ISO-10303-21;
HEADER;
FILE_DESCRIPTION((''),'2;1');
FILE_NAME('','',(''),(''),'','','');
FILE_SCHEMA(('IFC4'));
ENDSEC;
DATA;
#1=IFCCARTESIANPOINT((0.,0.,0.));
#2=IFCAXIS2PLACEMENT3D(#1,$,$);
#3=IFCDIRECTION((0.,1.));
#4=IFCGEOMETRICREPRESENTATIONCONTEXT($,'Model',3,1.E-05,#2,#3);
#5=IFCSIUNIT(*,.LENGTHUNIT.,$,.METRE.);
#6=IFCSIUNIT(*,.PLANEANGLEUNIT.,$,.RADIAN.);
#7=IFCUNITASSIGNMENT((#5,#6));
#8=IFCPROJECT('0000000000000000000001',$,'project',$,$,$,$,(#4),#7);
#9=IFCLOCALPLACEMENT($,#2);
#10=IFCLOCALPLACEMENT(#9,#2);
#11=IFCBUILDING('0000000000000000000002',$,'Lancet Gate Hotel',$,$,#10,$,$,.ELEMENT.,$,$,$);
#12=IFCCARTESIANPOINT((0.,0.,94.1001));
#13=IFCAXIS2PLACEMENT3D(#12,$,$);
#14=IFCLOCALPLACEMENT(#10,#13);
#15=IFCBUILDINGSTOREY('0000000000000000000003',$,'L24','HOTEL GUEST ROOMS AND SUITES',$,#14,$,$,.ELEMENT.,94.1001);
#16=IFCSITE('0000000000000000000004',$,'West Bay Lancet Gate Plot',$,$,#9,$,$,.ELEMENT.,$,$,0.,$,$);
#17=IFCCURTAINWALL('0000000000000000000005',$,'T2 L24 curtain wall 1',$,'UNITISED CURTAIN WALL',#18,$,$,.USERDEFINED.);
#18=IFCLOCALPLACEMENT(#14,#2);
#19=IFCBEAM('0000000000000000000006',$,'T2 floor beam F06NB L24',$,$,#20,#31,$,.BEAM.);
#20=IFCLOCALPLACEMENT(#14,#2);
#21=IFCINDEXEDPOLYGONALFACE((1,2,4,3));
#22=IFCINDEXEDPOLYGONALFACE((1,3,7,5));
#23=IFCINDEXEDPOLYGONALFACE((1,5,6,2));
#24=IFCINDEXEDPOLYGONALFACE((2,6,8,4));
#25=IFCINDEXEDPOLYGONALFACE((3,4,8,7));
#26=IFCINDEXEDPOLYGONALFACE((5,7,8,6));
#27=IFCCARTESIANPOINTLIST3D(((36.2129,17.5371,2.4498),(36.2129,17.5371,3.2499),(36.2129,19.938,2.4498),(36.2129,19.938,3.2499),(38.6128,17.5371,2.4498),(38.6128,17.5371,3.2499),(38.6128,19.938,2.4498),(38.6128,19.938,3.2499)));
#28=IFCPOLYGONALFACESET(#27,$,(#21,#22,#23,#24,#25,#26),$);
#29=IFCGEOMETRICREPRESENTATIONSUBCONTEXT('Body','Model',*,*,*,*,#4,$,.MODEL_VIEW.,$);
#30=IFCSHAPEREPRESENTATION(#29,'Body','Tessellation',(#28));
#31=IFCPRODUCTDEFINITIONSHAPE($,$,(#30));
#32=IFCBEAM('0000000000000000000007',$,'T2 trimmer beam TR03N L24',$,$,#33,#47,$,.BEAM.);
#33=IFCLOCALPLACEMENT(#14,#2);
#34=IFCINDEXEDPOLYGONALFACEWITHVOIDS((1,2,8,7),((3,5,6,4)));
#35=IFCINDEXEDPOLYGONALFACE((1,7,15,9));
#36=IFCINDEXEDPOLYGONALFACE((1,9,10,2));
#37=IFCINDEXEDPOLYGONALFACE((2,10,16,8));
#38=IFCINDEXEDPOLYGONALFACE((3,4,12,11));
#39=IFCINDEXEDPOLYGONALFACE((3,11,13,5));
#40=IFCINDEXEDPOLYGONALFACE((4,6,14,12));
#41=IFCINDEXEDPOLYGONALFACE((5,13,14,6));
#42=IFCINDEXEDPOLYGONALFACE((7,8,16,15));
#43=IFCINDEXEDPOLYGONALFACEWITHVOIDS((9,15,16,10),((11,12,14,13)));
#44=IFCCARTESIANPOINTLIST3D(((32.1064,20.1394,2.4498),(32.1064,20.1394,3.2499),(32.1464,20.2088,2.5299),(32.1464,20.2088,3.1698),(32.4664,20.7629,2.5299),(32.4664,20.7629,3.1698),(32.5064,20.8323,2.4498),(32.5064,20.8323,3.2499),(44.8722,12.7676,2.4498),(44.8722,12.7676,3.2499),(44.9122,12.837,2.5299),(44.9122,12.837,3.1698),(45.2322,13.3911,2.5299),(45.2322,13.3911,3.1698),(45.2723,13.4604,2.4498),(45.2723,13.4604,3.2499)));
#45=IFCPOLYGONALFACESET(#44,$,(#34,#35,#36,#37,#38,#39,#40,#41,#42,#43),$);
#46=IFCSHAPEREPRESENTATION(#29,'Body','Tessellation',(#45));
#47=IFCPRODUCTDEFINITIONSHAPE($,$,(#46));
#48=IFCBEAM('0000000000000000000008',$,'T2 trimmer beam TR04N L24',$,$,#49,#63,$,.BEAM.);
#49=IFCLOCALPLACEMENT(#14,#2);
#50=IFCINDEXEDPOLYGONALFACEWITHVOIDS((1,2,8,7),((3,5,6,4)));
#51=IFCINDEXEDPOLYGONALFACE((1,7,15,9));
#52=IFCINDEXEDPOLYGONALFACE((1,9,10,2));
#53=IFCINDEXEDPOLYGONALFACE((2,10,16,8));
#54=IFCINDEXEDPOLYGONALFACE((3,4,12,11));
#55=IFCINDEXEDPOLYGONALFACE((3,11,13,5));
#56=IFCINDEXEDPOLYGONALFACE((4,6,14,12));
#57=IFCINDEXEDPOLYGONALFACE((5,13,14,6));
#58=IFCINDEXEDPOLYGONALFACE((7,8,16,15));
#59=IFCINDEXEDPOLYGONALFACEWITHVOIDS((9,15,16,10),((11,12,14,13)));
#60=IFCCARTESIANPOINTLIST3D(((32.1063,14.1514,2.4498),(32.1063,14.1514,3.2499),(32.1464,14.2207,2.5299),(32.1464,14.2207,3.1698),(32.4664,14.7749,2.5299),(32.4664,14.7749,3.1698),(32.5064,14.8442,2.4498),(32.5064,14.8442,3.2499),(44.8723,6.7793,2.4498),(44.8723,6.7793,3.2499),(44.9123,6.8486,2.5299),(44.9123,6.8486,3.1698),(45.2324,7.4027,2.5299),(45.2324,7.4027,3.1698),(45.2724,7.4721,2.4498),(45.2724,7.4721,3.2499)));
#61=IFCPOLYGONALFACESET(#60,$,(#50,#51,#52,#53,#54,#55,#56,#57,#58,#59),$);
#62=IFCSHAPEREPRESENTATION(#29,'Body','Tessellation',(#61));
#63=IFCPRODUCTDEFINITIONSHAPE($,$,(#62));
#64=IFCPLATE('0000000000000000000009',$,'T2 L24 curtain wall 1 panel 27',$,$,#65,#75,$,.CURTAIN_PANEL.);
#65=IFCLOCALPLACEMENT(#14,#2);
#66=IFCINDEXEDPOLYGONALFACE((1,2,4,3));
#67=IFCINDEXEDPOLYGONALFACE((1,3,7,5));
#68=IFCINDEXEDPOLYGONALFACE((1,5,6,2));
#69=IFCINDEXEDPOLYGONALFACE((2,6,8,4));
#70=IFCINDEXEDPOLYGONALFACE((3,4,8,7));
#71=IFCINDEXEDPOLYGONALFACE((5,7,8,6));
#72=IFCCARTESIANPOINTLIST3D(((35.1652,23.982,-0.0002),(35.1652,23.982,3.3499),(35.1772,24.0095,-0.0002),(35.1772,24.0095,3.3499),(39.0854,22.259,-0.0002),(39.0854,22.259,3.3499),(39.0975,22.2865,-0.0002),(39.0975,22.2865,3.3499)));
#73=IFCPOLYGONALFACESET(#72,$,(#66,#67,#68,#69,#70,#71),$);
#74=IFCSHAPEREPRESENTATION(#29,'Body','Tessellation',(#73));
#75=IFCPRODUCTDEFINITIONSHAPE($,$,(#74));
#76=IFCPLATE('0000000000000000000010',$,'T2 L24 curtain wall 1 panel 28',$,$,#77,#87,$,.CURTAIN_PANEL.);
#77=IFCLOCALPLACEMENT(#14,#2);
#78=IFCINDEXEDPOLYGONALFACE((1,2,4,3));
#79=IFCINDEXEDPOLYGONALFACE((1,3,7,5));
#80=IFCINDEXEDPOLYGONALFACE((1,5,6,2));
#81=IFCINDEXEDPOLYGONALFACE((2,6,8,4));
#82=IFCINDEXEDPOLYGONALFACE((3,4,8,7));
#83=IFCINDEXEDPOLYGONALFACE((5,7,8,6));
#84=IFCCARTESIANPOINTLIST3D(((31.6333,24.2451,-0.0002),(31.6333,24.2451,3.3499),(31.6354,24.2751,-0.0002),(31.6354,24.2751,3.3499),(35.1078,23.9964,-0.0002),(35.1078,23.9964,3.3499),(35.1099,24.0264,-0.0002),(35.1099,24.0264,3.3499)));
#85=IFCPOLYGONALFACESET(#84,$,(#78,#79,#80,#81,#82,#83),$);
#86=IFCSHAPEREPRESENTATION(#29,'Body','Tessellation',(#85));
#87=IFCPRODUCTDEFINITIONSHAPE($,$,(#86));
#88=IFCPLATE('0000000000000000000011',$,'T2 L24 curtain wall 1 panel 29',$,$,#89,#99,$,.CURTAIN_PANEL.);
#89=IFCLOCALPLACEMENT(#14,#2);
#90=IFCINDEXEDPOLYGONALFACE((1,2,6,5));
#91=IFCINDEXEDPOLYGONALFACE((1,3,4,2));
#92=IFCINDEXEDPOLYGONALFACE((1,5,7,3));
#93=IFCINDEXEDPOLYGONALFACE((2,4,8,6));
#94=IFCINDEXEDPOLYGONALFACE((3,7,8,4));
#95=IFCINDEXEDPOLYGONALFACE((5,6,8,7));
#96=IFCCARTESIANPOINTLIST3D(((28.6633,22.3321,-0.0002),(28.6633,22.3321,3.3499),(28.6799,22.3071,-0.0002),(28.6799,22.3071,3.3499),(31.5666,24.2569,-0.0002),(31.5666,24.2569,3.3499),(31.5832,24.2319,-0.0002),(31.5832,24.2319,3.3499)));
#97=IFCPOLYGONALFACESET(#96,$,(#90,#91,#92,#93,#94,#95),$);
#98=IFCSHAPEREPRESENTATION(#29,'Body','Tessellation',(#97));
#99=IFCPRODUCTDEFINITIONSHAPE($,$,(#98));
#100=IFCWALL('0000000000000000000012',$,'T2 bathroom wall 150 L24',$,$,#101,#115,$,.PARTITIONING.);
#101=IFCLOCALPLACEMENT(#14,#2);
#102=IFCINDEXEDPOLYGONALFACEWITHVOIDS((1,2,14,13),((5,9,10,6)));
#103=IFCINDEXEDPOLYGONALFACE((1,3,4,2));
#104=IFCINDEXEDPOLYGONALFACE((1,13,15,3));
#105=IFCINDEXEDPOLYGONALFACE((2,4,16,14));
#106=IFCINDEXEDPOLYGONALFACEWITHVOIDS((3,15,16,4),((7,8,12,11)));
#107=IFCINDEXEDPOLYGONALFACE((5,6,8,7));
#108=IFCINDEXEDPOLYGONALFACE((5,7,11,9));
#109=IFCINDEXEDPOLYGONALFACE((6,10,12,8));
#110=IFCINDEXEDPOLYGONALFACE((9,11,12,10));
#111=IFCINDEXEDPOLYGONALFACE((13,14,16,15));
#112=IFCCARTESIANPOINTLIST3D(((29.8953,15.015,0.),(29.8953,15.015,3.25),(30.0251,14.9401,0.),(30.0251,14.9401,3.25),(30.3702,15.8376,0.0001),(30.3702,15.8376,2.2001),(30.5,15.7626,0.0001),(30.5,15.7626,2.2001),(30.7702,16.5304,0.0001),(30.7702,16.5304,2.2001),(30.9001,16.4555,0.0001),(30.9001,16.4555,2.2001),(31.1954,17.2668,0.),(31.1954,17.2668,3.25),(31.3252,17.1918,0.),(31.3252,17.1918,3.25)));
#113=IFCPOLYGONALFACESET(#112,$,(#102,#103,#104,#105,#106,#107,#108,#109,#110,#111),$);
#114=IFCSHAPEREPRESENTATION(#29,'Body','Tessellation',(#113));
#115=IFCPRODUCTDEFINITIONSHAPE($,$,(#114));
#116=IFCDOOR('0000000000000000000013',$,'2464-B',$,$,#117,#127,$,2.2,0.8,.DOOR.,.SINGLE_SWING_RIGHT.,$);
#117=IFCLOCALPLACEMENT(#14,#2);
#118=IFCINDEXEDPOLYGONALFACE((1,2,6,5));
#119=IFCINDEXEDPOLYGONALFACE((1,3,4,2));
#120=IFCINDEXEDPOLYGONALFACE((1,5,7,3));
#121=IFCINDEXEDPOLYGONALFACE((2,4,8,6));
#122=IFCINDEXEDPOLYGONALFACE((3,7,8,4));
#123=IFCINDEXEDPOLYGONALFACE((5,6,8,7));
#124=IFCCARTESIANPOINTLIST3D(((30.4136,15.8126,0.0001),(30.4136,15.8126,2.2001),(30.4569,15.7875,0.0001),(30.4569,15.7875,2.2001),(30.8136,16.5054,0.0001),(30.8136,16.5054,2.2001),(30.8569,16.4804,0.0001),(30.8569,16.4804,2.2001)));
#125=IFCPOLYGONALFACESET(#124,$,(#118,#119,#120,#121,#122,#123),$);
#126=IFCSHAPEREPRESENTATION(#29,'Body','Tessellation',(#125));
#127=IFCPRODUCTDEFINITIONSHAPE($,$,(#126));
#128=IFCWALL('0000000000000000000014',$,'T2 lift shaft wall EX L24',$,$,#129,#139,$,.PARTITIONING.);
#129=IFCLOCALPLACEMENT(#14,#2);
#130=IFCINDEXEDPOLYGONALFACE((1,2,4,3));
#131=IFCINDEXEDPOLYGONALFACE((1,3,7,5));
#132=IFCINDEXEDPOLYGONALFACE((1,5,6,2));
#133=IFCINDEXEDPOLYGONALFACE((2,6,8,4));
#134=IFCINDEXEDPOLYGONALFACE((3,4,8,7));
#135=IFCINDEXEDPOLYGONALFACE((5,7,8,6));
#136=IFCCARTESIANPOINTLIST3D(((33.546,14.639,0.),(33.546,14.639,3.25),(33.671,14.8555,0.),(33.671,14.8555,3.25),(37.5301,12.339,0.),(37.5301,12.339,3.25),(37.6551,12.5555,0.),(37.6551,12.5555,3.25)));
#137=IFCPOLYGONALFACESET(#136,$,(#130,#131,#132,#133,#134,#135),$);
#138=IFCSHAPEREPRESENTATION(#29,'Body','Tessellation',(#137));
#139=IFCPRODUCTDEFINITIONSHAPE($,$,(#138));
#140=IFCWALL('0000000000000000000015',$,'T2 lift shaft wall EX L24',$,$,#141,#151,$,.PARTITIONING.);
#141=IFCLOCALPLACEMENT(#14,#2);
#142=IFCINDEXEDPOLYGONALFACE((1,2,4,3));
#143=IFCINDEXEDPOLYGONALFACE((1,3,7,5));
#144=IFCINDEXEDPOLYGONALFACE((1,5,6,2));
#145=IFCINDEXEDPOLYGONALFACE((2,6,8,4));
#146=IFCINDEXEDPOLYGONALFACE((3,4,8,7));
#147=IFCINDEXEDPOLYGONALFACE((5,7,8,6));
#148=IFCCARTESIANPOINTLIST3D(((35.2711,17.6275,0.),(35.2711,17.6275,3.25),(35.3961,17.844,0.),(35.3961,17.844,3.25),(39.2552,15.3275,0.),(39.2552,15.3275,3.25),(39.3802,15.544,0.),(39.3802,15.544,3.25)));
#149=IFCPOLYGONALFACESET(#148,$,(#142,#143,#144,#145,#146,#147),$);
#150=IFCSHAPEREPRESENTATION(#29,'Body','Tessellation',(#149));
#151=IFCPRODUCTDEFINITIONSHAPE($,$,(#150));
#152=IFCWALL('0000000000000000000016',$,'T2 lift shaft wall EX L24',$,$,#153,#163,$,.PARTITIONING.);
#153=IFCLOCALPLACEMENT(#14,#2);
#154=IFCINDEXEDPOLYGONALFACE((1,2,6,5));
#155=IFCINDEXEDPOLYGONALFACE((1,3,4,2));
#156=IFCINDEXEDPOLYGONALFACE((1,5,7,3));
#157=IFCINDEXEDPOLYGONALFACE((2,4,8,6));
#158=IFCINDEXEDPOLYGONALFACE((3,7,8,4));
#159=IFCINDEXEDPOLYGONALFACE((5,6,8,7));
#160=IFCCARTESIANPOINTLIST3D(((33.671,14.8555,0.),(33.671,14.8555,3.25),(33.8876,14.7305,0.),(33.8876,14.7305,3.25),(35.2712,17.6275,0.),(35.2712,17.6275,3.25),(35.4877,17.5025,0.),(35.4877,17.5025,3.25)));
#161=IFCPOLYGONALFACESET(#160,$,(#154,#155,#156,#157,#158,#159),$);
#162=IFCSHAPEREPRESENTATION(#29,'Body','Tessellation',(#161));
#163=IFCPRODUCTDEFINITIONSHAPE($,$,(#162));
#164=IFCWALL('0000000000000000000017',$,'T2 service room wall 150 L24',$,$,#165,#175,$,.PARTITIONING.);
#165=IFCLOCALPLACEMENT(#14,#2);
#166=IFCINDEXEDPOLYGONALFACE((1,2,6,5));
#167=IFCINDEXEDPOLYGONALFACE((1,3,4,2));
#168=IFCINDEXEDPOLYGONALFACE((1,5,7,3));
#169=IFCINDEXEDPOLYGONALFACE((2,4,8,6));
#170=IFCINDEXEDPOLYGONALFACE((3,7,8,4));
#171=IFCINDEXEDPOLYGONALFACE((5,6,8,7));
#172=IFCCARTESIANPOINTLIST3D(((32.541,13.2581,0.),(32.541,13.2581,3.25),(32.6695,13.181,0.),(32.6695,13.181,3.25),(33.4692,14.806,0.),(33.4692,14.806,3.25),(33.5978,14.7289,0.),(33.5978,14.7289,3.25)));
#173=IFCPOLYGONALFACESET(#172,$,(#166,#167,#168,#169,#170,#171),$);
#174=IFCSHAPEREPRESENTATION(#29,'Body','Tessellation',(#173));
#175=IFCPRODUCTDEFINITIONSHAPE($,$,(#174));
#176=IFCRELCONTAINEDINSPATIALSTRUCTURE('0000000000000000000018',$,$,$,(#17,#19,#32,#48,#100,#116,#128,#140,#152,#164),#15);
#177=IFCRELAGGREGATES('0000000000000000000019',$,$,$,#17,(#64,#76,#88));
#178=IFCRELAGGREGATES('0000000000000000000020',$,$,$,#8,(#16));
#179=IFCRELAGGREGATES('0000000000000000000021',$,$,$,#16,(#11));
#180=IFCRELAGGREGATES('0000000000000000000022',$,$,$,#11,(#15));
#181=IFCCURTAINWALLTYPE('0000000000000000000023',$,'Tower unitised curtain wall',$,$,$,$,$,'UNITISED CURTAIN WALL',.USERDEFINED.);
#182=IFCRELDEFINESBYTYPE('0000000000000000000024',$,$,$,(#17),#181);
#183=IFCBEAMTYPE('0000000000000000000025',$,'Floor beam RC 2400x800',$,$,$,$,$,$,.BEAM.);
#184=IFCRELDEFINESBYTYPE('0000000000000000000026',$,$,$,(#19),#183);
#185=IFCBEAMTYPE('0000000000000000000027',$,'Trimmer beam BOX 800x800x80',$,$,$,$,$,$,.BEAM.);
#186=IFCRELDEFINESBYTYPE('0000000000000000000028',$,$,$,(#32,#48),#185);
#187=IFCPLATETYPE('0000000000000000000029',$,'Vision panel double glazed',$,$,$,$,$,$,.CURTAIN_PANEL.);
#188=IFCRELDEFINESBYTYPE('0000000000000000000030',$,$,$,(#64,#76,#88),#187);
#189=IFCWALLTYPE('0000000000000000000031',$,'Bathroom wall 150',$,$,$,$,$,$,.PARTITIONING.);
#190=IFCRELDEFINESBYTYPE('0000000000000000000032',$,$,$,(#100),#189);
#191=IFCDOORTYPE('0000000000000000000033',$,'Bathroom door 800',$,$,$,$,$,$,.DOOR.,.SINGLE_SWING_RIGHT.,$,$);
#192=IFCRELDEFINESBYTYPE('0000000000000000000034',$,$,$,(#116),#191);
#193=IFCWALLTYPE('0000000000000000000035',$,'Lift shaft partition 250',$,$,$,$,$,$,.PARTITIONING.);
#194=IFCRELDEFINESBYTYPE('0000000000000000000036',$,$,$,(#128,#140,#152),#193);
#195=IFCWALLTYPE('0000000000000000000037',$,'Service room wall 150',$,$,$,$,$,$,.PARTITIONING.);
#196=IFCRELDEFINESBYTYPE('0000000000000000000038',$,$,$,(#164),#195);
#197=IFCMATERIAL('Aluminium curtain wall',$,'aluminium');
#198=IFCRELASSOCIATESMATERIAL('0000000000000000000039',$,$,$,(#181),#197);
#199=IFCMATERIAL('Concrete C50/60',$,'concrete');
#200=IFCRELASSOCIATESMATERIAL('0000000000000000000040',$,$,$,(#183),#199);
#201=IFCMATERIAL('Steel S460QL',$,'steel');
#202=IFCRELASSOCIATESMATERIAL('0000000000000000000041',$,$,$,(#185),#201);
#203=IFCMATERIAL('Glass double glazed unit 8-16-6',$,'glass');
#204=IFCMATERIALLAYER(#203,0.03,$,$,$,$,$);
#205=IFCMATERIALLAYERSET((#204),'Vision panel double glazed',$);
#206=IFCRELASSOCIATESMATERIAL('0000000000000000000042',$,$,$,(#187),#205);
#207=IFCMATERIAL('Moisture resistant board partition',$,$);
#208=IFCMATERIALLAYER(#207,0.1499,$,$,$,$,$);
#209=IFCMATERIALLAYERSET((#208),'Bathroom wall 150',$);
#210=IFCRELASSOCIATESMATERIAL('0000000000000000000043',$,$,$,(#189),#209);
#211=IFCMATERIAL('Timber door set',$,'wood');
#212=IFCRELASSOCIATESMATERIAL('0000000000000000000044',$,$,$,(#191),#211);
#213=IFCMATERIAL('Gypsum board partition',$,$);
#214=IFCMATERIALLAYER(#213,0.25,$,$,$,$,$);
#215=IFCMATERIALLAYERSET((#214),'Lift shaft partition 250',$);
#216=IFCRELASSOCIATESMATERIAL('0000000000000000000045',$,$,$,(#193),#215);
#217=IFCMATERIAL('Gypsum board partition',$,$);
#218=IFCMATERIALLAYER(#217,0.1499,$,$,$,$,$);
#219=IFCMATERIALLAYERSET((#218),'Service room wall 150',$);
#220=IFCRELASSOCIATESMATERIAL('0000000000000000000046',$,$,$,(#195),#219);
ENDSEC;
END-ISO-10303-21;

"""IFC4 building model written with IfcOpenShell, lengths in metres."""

from ifc_helpers import new_model, si_unit, direction, frame, frame_2d, origin, origin_2d, place, context, subcontext, project, spatial, rectangle, hollow_rectangle, extrude, material, layer, layer_set, material_profile, profile_set, type_object, element, fill, aggregate, save


model = new_model("IFC4")

# Units and contexts
model_context = context("Model", 3, precision=1e-05, world=origin(), true_north=direction((0.0, 1.0)))
body_context = subcontext(model_context, "Body", "Model", "MODEL_VIEW")
ifc_project = project(units=[si_unit("LENGTHUNIT", "METRE"), si_unit("PLANEANGLEUNIT", "RADIAN")], contexts=[model_context])

# Site, building, storey
site_placement = place(None, origin())
site = spatial("IfcSite", under=ifc_project, at=site_placement, Name="West Bay Lancet Gate Plot", CompositionType="ELEMENT", RefElevation=0.0)
building_placement = place(site_placement, origin())
building = spatial("IfcBuilding", under=site, at=building_placement, Name="Lancet Gate Hotel", CompositionType="ELEMENT")
storey_placement = place(building_placement, frame((0.0, 0.0, 94.1001)))
storey = spatial("IfcBuildingStorey", under=building, at=storey_placement, Name="L24", Description="HOTEL GUEST ROOMS AND SUITES", CompositionType="ELEMENT", Elevation=94.1001)

# Curtain wall
ifc_material_1 = material(Name="Aluminium curtain wall", Category="aluminium")
curtain_wall_type = type_object("IfcCurtainWallType", Name="Tower unitised curtain wall", ElementType="UNITISED CURTAIN WALL", PredefinedType="USERDEFINED", material=ifc_material_1)
curtain_wall_placement = place(storey_placement, origin())
curtain_wall = element("IfcCurtainWall", 1, at=curtain_wall_placement, inside=storey, type_object=curtain_wall_type, Name="T2 L24 curtain wall 1", ObjectType="UNITISED CURTAIN WALL", PredefinedType="USERDEFINED")

# Beams
ifc_material_2 = material(Name="Concrete C50/60", Category="concrete")
ifc_material_profile_1 = material_profile(ifc_material_2, rectangle(XDim=2.3999, YDim=0.8, at=origin_2d()), Name="RC 2400x800")
ifc_profile_set_1 = profile_set([ifc_material_profile_1], Name="Concrete C50/60")
beam_type_1 = type_object("IfcBeamType", Name="Floor beam RC 2400x800", PredefinedType="BEAM", material=ifc_profile_set_1)
beam_1_placement = place(storey_placement, frame((37.4128, 17.5371, 2.8499), z_axis=(0.0, 1.0, 0.0), x_axis=(-1.0, 0.0, 0.0)))
element("IfcBeam", 2, at=beam_1_placement, inside=storey, type_object=beam_type_1, Name="T2 floor beam F06NB L24", PredefinedType="BEAM", context=body_context, shape_type="SweptSolid", body=[
    extrude(rectangle(XDim=2.3999, YDim=0.8, at=origin_2d()), origin(), (0.0, 0.0, 1.0), 2.4009),
])
ifc_material_3 = material(Name="Steel S460QL", Category="steel")
ifc_material_profile_2 = material_profile(ifc_material_3, hollow_rectangle(XDim=0.8, YDim=0.8, WallThickness=0.0801, at=origin_2d()), Name="BOX 800x800x80")
ifc_profile_set_2 = profile_set([ifc_material_profile_2], Name="Steel S460QL")
beam_type_2 = type_object("IfcBeamType", Name="Trimmer beam BOX 800x800x80", PredefinedType="BEAM", material=ifc_profile_set_2)
beam_2_placement = place(storey_placement, frame((32.3064, 20.4858, 2.8499), z_axis=(0.865983, -0.500074, 0.0), x_axis=(0.500074, 0.865983, 0.0)))
element("IfcBeam", 3, at=beam_2_placement, inside=storey, type_object=beam_type_2, Name="T2 trimmer beam TR03N L24", PredefinedType="BEAM", context=body_context, shape_type="SweptSolid", body=[
    extrude(hollow_rectangle(XDim=0.8, YDim=0.8, WallThickness=0.0801, at=origin_2d()), origin(), (0.0, 0.0, 1.0), 14.7415),
])
beam_3_placement = place(storey_placement, frame((32.3064, 14.4978, 2.8499), z_axis=(0.865976, -0.500086, 0.0), x_axis=(0.500086, 0.865976, 0.0)))
element("IfcBeam", 4, at=beam_3_placement, inside=storey, type_object=beam_type_2, Name="T2 trimmer beam TR04N L24", PredefinedType="BEAM", context=body_context, shape_type="SweptSolid", body=[
    extrude(hollow_rectangle(XDim=0.8, YDim=0.8, WallThickness=0.0801, at=origin_2d()), origin(), (0.0, 0.0, 1.0), 14.7417),
])

# Plates
ifc_material_4 = material(Name="Glass double glazed unit 8-16-6", Category="glass")
ifc_layer_1 = layer(ifc_material_4, 0.03)
ifc_layer_set_1 = layer_set([ifc_layer_1], Name="Vision panel double glazed")
plate_type = type_object("IfcPlateType", Name="Vision panel double glazed", PredefinedType="CURTAIN_PANEL", material=ifc_layer_set_1)
plate_1_placement = place(storey_placement, frame((37.1313, 23.1343, -0.0002), z_axis=(0.0, 0.0, 1.0), x_axis=(-0.915479, 0.402367, 0.0)))
plate_1 = element("IfcPlate", 5, at=plate_1_placement, type_object=plate_type, Name="T2 L24 curtain wall 1 panel 27", PredefinedType="CURTAIN_PANEL", context=body_context, shape_type="SweptSolid", body=[
    extrude(rectangle(XDim=4.2822, YDim=0.03, at=origin_2d()), origin(), (0.0, 0.0, 1.0), 3.3501),
])
plate_2_placement = place(storey_placement, frame((33.3716, 24.1357, -0.0002), z_axis=(0.0, 0.0, 1.0), x_axis=(-0.997448, 0.07139, 0.0)))
plate_2 = element("IfcPlate", 6, at=plate_2_placement, type_object=plate_type, Name="T2 L24 curtain wall 1 panel 28", PredefinedType="CURTAIN_PANEL", context=body_context, shape_type="SweptSolid", body=[
    extrude(rectangle(XDim=3.4834, YDim=0.03, at=origin_2d()), origin(), (0.0, 0.0, 1.0), 3.3501),
])
plate_3_placement = place(storey_placement, frame((30.1233, 23.282, -0.0002), z_axis=(0.0, 0.0, 1.0), x_axis=(-0.833465, -0.552573, 0.0)))
plate_3 = element("IfcPlate", 7, at=plate_3_placement, type_object=plate_type, Name="T2 L24 curtain wall 1 panel 29", PredefinedType="CURTAIN_PANEL", context=body_context, shape_type="SweptSolid", body=[
    extrude(rectangle(XDim=3.4834, YDim=0.03, at=origin_2d()), origin(), (0.0, 0.0, 1.0), 3.3501),
])
aggregate(curtain_wall, [plate_1, plate_2, plate_3])

# Wall, opening, door
ifc_material_5 = material(Name="Moisture resistant board partition")
ifc_layer_2 = layer(ifc_material_5, 0.1499)
ifc_layer_set_2 = layer_set([ifc_layer_2], Name="Bathroom wall 150")
wall_type_1 = type_object("IfcWallType", Name="Bathroom wall 150", PredefinedType="PARTITIONING", material=ifc_layer_set_2)
wall_1_placement = place(storey_placement, frame((29.9602, 14.9775, 0.0), z_axis=(0.0, 0.0, 1.0), x_axis=(0.500007, 0.866021, 0.0)))
wall_1 = element("IfcWall", 8, at=wall_1_placement, inside=storey, type_object=wall_type_1, Name="T2 bathroom wall 150 L24", PredefinedType="PARTITIONING", context=body_context, shape_type="SweptSolid", body=[
    extrude(rectangle(XDim=2.6001, YDim=0.1499, at=frame_2d((1.3, 0.0))), origin(), (0.0, 0.0, 1.0), 3.25),
])
opening_placement = place(wall_1_placement, frame((0.95, 0.0, 0.0)))
opening = element("IfcOpeningElement", 9, at=opening_placement, cuts=wall_1, PredefinedType="OPENING", context=body_context, shape_type="SweptSolid", body=[
    extrude(rectangle(XDim=0.8, YDim=2.2, at=frame_2d((0.3999, 1.1001))), frame((0.0, 0.085, 0.0), z_axis=(0.0, -1.0, 0.0), x_axis=(1.0, 0.0, 0.0)), (0.0, 0.0, 1.0), 0.1699),
])
ifc_material_6 = material(Name="Timber door set", Category="wood")
door_type = type_object("IfcDoorType", Name="Bathroom door 800", OperationType="SINGLE_SWING_RIGHT", PredefinedType="DOOR", material=ifc_material_6)
door_placement = place(opening_placement, origin())
door = element("IfcDoor", 10, at=door_placement, inside=storey, type_object=door_type, Name="2464-B", OperationType="SINGLE_SWING_RIGHT", OverallHeight=2.2, OverallWidth=0.8, PredefinedType="DOOR", context=body_context, shape_type="SweptSolid", body=[
    extrude(rectangle(XDim=0.8, YDim=2.2, at=frame_2d((0.3999, 1.1001))), frame((0.0, 0.0249, 0.0), z_axis=(0.0, -1.0, 0.0), x_axis=(1.0, 0.0, 0.0)), (0.0, 0.0, 1.0), 0.05),
])
fill(opening, door)

# Walls
ifc_material_7 = material(Name="Gypsum board partition")
ifc_layer_3 = layer(ifc_material_7, 0.25)
ifc_layer_set_3 = layer_set([ifc_layer_3], Name="Lift shaft partition 250")
wall_type_2 = type_object("IfcWallType", Name="Lift shaft partition 250", PredefinedType="PARTITIONING", material=ifc_layer_set_3)
for number, where, z_axis, x_axis, name in (
    (11, (33.6084, 14.7473, 0.0), (0.0, 0.0, 1.0), (0.866043, -0.499969, 0.0), "T2 lift shaft wall EX L24"),
    (12, (35.3335, 17.7358, 0.0), (0.0, 0.0, 1.0), (0.866043, -0.499969, 0.0), "T2 lift shaft wall EX L24"),
):
    element("IfcWall", number, at=place(storey_placement, frame(where, z_axis=z_axis, x_axis=x_axis)), inside=storey, type_object=wall_type_2, Name=name, PredefinedType="PARTITIONING", context=body_context, shape_type="SweptSolid", body=[
        extrude(rectangle(XDim=4.6003, YDim=0.25, at=frame_2d((2.3003, 0.0))), origin(), (0.0, 0.0, 1.0), 3.25),
    ])
wall_2_placement = place(storey_placement, frame((33.7793, 14.793, 0.0), z_axis=(0.0, 0.0, 1.0), x_axis=(0.499929, 0.866066, 0.0)))
element("IfcWall", 13, at=wall_2_placement, inside=storey, type_object=wall_type_2, Name="T2 lift shaft wall EX L24", PredefinedType="PARTITIONING", context=body_context, shape_type="SweptSolid", body=[
    extrude(rectangle(XDim=3.2007, YDim=0.25, at=frame_2d((1.6003, 0.0))), origin(), (0.0, 0.0, 1.0), 3.25),
])
ifc_material_8 = material(Name="Gypsum board partition")
ifc_layer_4 = layer(ifc_material_8, 0.1499)
ifc_layer_set_4 = layer_set([ifc_layer_4], Name="Service room wall 150")
wall_type_3 = type_object("IfcWallType", Name="Service room wall 150", PredefinedType="PARTITIONING", material=ifc_layer_set_4)
wall_3_placement = place(storey_placement, frame((33.5334, 14.7673, 0.0), z_axis=(0.0, 0.0, 1.0), x_axis=(-0.514297, -0.857612, 0.0)))
element("IfcWall", 14, at=wall_3_placement, inside=storey, type_object=wall_type_3, Name="T2 service room wall 150 L24", PredefinedType="PARTITIONING", context=body_context, shape_type="SweptSolid", body=[
    extrude(rectangle(XDim=1.8049, YDim=0.1499, at=frame_2d((0.9023, 0.0))), origin(), (0.0, 0.0, 1.0), 3.25),
])

save(model, "model.ifc")
